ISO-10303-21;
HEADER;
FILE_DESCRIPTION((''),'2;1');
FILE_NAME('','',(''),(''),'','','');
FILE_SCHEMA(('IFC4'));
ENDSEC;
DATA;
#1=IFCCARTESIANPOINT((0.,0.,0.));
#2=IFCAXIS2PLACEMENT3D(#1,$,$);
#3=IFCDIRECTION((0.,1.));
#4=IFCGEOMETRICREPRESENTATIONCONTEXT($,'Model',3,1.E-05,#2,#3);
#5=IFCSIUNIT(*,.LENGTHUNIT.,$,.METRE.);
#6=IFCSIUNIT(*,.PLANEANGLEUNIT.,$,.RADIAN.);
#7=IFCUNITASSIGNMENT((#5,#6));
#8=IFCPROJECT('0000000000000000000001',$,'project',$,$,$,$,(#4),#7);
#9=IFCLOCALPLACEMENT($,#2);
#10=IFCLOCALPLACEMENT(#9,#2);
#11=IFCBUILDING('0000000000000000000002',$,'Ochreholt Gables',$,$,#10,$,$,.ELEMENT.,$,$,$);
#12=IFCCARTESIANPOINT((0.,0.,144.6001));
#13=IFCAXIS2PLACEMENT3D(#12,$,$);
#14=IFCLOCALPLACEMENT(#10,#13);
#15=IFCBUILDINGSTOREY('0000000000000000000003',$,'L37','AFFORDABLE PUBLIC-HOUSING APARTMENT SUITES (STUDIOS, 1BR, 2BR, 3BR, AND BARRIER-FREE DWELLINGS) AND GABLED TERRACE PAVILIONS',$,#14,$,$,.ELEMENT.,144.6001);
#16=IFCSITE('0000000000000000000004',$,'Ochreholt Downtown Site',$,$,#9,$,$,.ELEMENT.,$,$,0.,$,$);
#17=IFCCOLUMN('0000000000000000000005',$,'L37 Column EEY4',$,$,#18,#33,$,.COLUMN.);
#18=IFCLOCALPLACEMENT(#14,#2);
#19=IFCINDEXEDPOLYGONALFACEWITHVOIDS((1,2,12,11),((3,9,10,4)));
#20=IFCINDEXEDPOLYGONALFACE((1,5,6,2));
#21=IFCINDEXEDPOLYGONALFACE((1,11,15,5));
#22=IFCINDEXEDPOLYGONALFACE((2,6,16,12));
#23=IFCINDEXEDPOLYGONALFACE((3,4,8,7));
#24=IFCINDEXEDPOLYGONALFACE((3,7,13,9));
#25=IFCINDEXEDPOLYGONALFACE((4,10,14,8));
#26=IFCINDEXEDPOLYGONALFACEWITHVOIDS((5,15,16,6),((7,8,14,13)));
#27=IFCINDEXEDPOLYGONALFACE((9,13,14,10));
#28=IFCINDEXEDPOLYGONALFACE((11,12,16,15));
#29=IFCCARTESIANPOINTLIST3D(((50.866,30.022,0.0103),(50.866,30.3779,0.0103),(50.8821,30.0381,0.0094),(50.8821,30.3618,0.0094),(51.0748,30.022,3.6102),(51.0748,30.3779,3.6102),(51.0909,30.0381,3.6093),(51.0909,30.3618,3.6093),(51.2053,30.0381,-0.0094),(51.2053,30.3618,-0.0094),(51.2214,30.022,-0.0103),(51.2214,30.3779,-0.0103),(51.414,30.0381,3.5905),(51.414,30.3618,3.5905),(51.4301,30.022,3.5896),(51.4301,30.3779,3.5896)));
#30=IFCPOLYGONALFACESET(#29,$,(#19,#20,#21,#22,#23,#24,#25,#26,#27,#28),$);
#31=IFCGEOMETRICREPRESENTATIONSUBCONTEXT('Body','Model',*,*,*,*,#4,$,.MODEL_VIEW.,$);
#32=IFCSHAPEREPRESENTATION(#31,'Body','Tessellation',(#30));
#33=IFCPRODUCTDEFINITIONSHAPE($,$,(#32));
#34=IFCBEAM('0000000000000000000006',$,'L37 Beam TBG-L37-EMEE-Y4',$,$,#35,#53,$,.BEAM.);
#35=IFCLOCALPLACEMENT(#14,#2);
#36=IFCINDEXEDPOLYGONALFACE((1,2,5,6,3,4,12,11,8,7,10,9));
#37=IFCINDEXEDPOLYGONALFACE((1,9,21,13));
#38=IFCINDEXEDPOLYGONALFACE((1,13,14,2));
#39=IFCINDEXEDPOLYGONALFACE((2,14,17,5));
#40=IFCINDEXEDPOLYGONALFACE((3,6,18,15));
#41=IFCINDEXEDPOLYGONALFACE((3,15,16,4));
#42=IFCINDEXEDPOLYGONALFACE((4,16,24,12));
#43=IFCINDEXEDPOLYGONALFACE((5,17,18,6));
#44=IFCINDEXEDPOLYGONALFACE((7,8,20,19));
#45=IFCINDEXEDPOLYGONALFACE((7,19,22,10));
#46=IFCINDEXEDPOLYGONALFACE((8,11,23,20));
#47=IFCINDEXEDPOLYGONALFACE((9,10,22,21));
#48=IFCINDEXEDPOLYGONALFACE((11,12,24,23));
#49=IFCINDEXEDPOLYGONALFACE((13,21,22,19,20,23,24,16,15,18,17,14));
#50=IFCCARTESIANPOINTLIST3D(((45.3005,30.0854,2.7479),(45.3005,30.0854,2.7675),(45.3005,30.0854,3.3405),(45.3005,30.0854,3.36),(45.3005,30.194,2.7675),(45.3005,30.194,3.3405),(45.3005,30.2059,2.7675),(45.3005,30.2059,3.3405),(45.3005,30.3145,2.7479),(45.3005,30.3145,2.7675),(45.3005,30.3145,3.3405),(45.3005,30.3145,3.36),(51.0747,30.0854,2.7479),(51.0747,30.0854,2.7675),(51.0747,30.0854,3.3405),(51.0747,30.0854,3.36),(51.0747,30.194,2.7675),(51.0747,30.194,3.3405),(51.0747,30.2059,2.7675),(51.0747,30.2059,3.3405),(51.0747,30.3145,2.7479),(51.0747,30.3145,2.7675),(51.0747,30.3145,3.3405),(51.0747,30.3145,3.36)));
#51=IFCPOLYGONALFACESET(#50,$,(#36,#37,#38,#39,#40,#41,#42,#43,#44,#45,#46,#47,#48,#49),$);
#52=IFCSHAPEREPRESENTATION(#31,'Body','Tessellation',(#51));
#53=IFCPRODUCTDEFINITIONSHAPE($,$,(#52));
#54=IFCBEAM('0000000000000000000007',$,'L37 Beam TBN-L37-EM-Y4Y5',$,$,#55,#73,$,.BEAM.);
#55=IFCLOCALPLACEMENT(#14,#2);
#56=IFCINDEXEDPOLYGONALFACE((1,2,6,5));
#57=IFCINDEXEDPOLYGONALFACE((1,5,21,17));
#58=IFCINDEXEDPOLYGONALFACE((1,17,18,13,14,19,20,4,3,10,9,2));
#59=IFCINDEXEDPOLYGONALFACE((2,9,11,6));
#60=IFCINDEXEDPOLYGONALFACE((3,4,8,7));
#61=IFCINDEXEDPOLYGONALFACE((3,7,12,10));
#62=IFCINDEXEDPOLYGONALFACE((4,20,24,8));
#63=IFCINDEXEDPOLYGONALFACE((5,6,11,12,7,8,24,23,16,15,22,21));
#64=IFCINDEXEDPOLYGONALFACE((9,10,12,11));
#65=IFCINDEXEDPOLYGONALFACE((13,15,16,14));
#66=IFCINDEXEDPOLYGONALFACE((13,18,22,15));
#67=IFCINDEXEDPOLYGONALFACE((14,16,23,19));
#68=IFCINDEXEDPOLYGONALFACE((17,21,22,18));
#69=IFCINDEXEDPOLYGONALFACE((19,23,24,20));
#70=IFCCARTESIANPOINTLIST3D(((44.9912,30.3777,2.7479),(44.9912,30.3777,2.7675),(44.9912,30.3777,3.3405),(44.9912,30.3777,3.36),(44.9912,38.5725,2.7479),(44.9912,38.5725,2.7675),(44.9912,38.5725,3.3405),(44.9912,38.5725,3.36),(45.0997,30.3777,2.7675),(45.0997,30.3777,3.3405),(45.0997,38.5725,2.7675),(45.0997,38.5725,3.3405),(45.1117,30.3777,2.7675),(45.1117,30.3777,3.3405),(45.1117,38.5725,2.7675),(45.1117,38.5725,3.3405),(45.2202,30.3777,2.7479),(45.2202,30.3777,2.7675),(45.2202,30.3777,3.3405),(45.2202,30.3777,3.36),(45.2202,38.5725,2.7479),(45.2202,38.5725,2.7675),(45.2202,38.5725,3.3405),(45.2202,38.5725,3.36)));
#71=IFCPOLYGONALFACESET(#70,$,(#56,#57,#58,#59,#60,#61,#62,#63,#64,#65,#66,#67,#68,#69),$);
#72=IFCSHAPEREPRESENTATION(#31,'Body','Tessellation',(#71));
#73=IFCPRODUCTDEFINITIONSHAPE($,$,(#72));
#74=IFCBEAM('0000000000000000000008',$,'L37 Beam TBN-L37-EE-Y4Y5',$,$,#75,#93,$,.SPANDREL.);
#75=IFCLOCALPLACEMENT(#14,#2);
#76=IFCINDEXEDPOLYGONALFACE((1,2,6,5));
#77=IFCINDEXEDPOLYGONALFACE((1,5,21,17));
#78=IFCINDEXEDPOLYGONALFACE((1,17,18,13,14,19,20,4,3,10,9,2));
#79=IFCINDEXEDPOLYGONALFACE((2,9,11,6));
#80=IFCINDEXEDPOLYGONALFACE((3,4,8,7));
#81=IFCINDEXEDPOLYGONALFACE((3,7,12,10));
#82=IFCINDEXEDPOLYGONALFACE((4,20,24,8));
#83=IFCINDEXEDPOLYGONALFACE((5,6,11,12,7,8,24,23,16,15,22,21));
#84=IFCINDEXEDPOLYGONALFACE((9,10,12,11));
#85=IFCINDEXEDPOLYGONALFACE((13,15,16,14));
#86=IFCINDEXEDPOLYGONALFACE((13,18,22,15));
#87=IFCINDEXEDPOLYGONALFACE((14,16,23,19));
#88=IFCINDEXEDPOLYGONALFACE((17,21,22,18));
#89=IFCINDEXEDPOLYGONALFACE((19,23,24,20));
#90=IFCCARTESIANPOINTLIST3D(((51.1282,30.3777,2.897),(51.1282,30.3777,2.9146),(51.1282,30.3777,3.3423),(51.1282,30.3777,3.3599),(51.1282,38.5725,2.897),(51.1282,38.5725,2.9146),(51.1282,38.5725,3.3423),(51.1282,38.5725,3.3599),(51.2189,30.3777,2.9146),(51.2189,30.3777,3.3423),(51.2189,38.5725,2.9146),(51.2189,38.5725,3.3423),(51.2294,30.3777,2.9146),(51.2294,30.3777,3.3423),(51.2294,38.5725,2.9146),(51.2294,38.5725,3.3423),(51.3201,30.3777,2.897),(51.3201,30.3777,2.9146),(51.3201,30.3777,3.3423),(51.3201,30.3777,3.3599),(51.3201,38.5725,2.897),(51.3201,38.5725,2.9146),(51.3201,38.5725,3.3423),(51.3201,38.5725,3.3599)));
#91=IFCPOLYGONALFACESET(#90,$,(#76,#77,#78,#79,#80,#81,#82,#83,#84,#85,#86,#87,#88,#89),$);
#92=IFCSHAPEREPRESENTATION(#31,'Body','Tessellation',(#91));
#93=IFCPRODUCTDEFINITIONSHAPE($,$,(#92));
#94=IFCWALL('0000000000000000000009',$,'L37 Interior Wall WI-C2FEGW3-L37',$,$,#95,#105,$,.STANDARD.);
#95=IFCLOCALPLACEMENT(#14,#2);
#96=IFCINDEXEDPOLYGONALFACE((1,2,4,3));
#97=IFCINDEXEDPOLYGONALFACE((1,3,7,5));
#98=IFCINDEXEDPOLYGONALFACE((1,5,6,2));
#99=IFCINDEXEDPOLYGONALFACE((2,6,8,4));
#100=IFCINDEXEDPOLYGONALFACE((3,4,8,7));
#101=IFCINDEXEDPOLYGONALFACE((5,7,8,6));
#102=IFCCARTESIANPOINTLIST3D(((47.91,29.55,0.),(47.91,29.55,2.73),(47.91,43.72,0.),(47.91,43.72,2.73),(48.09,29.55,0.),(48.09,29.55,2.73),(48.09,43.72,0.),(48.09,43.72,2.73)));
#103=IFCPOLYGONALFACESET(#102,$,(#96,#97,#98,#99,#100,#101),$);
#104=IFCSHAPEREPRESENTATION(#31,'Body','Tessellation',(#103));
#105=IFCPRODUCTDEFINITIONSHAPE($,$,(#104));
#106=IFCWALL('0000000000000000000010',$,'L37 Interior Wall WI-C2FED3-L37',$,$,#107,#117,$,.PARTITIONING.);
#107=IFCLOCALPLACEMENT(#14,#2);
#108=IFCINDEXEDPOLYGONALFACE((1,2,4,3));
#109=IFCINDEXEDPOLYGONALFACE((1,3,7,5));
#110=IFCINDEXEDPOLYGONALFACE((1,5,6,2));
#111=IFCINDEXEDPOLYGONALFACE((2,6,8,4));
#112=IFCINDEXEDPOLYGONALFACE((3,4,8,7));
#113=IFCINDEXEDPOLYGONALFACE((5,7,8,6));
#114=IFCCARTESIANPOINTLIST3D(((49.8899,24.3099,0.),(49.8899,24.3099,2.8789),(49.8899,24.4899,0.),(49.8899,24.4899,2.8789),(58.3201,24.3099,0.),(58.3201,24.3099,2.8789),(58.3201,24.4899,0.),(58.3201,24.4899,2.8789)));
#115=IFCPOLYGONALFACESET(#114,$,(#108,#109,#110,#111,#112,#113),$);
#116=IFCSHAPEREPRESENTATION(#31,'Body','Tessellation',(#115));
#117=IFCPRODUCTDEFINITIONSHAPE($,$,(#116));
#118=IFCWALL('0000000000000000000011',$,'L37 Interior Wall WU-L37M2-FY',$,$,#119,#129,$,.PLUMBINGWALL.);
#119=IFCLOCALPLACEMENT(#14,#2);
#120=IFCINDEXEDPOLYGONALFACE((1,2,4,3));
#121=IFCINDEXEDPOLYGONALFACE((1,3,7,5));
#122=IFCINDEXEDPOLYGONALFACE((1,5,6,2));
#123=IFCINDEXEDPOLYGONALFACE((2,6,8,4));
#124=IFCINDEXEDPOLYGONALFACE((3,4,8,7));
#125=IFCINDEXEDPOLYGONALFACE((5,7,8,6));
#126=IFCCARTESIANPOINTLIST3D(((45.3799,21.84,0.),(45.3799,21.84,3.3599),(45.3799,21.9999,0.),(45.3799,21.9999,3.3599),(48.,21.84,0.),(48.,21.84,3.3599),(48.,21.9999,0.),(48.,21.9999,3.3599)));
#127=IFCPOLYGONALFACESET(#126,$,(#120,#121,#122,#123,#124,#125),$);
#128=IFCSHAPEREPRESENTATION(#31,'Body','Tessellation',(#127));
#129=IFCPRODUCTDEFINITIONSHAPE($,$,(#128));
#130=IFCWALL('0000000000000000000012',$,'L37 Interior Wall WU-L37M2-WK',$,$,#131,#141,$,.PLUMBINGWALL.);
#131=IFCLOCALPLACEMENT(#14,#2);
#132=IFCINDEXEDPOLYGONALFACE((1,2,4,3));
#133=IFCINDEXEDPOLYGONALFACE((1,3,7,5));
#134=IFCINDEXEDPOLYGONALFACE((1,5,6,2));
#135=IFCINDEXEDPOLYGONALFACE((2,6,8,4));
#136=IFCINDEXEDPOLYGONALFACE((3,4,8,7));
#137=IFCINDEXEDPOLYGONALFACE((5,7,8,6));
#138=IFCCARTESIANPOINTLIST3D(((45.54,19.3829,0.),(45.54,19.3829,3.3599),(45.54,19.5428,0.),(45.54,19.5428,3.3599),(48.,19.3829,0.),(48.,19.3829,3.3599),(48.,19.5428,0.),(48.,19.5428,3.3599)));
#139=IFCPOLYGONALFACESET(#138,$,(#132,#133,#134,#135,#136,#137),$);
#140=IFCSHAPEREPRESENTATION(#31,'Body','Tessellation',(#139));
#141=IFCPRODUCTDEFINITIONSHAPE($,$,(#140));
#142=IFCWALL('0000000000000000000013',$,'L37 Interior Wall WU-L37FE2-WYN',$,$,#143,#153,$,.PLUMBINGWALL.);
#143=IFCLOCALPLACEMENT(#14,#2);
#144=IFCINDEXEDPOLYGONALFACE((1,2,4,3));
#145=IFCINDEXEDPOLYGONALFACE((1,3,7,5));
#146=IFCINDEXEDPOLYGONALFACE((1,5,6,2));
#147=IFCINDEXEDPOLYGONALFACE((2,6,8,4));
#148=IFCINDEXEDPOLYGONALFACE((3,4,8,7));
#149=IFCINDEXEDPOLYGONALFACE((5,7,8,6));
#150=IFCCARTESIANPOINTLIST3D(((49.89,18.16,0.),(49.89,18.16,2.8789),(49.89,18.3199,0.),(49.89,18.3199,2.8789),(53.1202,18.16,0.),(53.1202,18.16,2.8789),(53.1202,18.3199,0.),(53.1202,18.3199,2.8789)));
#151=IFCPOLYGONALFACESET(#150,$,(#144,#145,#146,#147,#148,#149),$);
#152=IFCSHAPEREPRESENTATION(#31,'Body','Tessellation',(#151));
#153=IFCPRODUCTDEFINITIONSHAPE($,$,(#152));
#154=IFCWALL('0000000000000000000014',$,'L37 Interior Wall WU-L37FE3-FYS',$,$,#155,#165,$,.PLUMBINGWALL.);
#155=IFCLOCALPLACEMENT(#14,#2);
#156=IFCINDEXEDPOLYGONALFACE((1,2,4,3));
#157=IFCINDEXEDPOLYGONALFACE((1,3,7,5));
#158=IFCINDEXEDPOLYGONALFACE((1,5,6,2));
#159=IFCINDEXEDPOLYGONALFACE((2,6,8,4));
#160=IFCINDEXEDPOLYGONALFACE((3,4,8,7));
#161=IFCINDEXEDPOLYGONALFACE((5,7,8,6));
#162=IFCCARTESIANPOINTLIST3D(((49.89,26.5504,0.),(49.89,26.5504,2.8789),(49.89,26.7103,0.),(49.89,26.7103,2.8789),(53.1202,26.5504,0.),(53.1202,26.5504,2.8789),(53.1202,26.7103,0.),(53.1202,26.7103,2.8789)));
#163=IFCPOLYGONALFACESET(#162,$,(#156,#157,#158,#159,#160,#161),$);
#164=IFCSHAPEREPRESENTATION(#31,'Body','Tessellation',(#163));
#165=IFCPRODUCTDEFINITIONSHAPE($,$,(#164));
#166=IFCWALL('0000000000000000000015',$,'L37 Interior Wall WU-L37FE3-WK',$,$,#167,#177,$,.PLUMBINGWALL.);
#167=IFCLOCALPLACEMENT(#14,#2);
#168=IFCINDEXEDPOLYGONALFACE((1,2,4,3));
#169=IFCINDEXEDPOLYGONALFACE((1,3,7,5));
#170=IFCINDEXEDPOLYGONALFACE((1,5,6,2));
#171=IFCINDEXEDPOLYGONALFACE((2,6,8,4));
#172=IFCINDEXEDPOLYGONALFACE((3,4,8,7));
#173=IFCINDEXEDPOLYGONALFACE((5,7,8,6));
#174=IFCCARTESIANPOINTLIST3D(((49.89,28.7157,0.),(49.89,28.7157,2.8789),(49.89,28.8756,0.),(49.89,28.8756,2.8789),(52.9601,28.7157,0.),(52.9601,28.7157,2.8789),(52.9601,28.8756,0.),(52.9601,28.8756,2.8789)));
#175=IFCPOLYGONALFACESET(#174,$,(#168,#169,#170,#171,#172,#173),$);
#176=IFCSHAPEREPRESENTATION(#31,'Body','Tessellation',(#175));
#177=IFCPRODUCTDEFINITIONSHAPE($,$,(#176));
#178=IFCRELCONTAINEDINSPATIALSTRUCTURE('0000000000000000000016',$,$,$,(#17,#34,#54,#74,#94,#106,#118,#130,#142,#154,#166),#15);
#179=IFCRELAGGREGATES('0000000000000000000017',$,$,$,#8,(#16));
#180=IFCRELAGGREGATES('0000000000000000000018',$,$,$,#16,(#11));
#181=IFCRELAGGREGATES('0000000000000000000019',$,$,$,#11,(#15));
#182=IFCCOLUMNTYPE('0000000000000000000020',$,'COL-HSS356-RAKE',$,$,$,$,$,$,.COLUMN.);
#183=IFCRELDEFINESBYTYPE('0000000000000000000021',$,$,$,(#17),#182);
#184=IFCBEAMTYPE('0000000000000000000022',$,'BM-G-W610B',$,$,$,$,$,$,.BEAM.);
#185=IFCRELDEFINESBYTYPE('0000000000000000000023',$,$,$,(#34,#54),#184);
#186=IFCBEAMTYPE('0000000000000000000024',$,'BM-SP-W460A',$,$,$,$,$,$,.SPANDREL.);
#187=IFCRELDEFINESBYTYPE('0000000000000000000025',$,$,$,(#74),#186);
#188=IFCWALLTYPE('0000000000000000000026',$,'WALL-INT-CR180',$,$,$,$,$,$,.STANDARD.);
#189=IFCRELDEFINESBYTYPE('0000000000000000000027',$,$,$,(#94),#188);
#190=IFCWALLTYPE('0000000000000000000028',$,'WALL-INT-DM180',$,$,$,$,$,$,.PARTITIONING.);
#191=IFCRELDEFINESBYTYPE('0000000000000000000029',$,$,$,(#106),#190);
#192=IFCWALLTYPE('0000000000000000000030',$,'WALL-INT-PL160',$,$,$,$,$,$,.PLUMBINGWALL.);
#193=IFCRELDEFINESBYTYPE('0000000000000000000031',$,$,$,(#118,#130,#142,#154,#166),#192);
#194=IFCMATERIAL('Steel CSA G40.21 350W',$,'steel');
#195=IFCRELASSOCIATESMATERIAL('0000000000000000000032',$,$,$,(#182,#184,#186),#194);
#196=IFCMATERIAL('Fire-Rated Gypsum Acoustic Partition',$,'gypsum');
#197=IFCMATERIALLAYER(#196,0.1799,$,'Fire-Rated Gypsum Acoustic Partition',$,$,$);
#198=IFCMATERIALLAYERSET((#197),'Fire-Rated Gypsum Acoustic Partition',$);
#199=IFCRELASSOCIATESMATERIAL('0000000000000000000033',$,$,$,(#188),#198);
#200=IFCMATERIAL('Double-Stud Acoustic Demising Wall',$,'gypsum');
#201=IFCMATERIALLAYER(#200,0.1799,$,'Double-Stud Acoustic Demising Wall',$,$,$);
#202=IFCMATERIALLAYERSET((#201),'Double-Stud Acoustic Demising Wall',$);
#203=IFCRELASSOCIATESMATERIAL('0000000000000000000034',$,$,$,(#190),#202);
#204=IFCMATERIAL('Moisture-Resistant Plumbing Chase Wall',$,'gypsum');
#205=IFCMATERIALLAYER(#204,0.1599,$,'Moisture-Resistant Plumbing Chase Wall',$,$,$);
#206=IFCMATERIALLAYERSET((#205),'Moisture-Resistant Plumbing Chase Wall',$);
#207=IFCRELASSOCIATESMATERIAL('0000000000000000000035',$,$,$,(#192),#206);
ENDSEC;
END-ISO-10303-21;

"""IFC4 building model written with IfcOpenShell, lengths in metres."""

from ifc_helpers import new_model, si_unit, direction, frame, frame_2d, origin, origin_2d, place, context, subcontext, project, spatial, rectangle, hollow_rectangle, i_section, extrude, material, layer, layer_set, material_profile, profile_set, type_object, element, save


model = new_model("IFC4")

# Units and contexts
model_context = context("Model", 3, precision=1e-05, world=origin(), true_north=direction((0.0, 1.0)))
body_context = subcontext(model_context, "Body", "Model", "MODEL_VIEW")
ifc_project = project(units=[si_unit("LENGTHUNIT", "METRE"), si_unit("PLANEANGLEUNIT", "RADIAN")], contexts=[model_context])

# Site, building, storey
site_placement = place(None, origin())
site = spatial("IfcSite", under=ifc_project, at=site_placement, Name="Ochreholt Downtown Site", CompositionType="ELEMENT", RefElevation=0.0)
building_placement = place(site_placement, origin())
building = spatial("IfcBuilding", under=site, at=building_placement, Name="Ochreholt Gables", CompositionType="ELEMENT")
storey_placement = place(building_placement, frame((0.0, 0.0, 144.6001)))
storey = spatial("IfcBuildingStorey", under=building, at=storey_placement, Name="L37", Description="AFFORDABLE PUBLIC-HOUSING APARTMENT SUITES (STUDIOS, 1BR, 2BR, 3BR, AND BARRIER-FREE DWELLINGS) AND GABLED TERRACE PAVILIONS", CompositionType="ELEMENT", Elevation=144.6001)

# Column
ifc_material_1 = material(Name="Steel CSA G40.21 350W", Category="steel")
ifc_material_profile_1 = material_profile(ifc_material_1, hollow_rectangle(XDim=0.356, YDim=0.356, WallThickness=0.0161, at=origin_2d()), Name="HSS356X356X16")
ifc_profile_set_1 = profile_set([ifc_material_profile_1], Name="Steel CSA G40.21 350W")
column_type = type_object("IfcColumnType", Name="COL-HSS356-RAKE", PredefinedType="COLUMN", material=ifc_profile_set_1)
column_placement = place(storey_placement, frame((51.0437, 30.2, 0.0), z_axis=(0.057889, 0.0, 0.998323), x_axis=(0.0, 1.0, 0.0)))
element("IfcColumn", 1, at=column_placement, inside=storey, type_object=column_type, Name="L37 Column EEY4", PredefinedType="COLUMN", context=body_context, shape_type="SweptSolid", body=[
    extrude(hollow_rectangle(XDim=0.356, YDim=0.356, WallThickness=0.0161, at=origin_2d()), origin(), (0.0, 0.0, 1.0), 3.606),
])

# Beams
ifc_material_profile_2 = material_profile(ifc_material_1, i_section(OverallWidth=0.229, OverallDepth=0.6121, WebThickness=0.012, FlangeThickness=0.0195, at=origin_2d()), Name="W610X125")
ifc_profile_set_2 = profile_set([ifc_material_profile_2], Name="Steel CSA G40.21 350W")
beam_type_1 = type_object("IfcBeamType", Name="BM-G-W610B", PredefinedType="BEAM", material=ifc_profile_set_2)
beam_1_placement = place(storey_placement, frame((45.3005, 30.2, 3.054), z_axis=(1.0, 0.0, 0.0), x_axis=(0.0, 1.0, 0.0)))
element("IfcBeam", 2, at=beam_1_placement, inside=storey, type_object=beam_type_1, Name="L37 Beam TBG-L37-EMEE-Y4", PredefinedType="BEAM", context=body_context, shape_type="SweptSolid", body=[
    extrude(i_section(OverallWidth=0.229, OverallDepth=0.6121, WebThickness=0.012, FlangeThickness=0.0195, at=origin_2d()), origin(), (0.0, 0.0, 1.0), 5.7742),
])
beam_2_placement = place(storey_placement, frame((45.1057, 30.3777, 3.054), z_axis=(0.0, 1.0, 0.0), x_axis=(-1.0, 0.0, 0.0)))
element("IfcBeam", 3, at=beam_2_placement, inside=storey, type_object=beam_type_1, Name="L37 Beam TBN-L37-EM-Y4Y5", PredefinedType="BEAM", context=body_context, shape_type="SweptSolid", body=[
    extrude(i_section(OverallWidth=0.229, OverallDepth=0.6121, WebThickness=0.012, FlangeThickness=0.0195, at=origin_2d()), origin(), (0.0, 0.0, 1.0), 8.1948),
])
ifc_material_profile_3 = material_profile(ifc_material_1, i_section(OverallWidth=0.1919, OverallDepth=0.4629, WebThickness=0.0105, FlangeThickness=0.0176, at=origin_2d()), Name="W460X89")
ifc_profile_set_3 = profile_set([ifc_material_profile_3], Name="Steel CSA G40.21 350W")
beam_type_2 = type_object("IfcBeamType", Name="BM-SP-W460A", PredefinedType="SPANDREL", material=ifc_profile_set_3)
beam_3_placement = place(storey_placement, frame((51.2241, 30.3777, 3.1284), z_axis=(0.0, 1.0, 0.0), x_axis=(-1.0, 0.0, 0.0)))
element("IfcBeam", 4, at=beam_3_placement, inside=storey, type_object=beam_type_2, Name="L37 Beam TBN-L37-EE-Y4Y5", PredefinedType="SPANDREL", context=body_context, shape_type="SweptSolid", body=[
    extrude(i_section(OverallWidth=0.1919, OverallDepth=0.4629, WebThickness=0.0105, FlangeThickness=0.0176, at=origin_2d()), origin(), (0.0, 0.0, 1.0), 8.1948),
])

# Walls
ifc_material_2 = material(Name="Fire-Rated Gypsum Acoustic Partition", Category="gypsum")
ifc_layer_1 = layer(ifc_material_2, 0.1799, Name="Fire-Rated Gypsum Acoustic Partition")
ifc_layer_set_1 = layer_set([ifc_layer_1], Name="Fire-Rated Gypsum Acoustic Partition")
wall_type_1 = type_object("IfcWallType", Name="WALL-INT-CR180", PredefinedType="STANDARD", material=ifc_layer_set_1)
wall_1_placement = place(storey_placement, frame((48.0, 29.55, 0.0), z_axis=(0.0, 0.0, 1.0), x_axis=(0.0, 1.0, 0.0)))
element("IfcWall", 5, at=wall_1_placement, inside=storey, type_object=wall_type_1, Name="L37 Interior Wall WI-C2FEGW3-L37", PredefinedType="STANDARD", context=body_context, shape_type="SweptSolid", body=[
    extrude(rectangle(XDim=14.1699, YDim=0.1799, at=frame_2d((7.085, 0.0))), origin(), (0.0, 0.0, 1.0), 2.73),
])
ifc_material_3 = material(Name="Double-Stud Acoustic Demising Wall", Category="gypsum")
ifc_layer_2 = layer(ifc_material_3, 0.1799, Name="Double-Stud Acoustic Demising Wall")
ifc_layer_set_2 = layer_set([ifc_layer_2], Name="Double-Stud Acoustic Demising Wall")
wall_type_2 = type_object("IfcWallType", Name="WALL-INT-DM180", PredefinedType="PARTITIONING", material=ifc_layer_set_2)
wall_2_placement = place(storey_placement, frame((49.8899, 24.3999, 0.0), z_axis=(0.0, 0.0, 1.0), x_axis=(1.0, 0.0, 0.0)))
element("IfcWall", 6, at=wall_2_placement, inside=storey, type_object=wall_type_2, Name="L37 Interior Wall WI-C2FED3-L37", PredefinedType="PARTITIONING", context=body_context, shape_type="SweptSolid", body=[
    extrude(rectangle(XDim=8.4302, YDim=0.1799, at=frame_2d((4.2151, 0.0))), origin(), (0.0, 0.0, 1.0), 2.8789),
])
ifc_material_4 = material(Name="Moisture-Resistant Plumbing Chase Wall", Category="gypsum")
ifc_layer_3 = layer(ifc_material_4, 0.1599, Name="Moisture-Resistant Plumbing Chase Wall")
ifc_layer_set_3 = layer_set([ifc_layer_3], Name="Moisture-Resistant Plumbing Chase Wall")
wall_type_3 = type_object("IfcWallType", Name="WALL-INT-PL160", PredefinedType="PLUMBINGWALL", material=ifc_layer_set_3)
wall_3_placement = place(storey_placement, frame((45.3799, 21.9199, 0.0), z_axis=(0.0, 0.0, 1.0), x_axis=(1.0, 0.0, 0.0)))
element("IfcWall", 7, at=wall_3_placement, inside=storey, type_object=wall_type_3, Name="L37 Interior Wall WU-L37M2-FY", PredefinedType="PLUMBINGWALL", context=body_context, shape_type="SweptSolid", body=[
    extrude(rectangle(XDim=2.6201, YDim=0.1599, at=frame_2d((1.3101, 0.0))), origin(), (0.0, 0.0, 1.0), 3.3599),
])
wall_4_placement = place(storey_placement, frame((45.54, 19.4629, 0.0), z_axis=(0.0, 0.0, 1.0), x_axis=(1.0, 0.0, 0.0)))
element("IfcWall", 8, at=wall_4_placement, inside=storey, type_object=wall_type_3, Name="L37 Interior Wall WU-L37M2-WK", PredefinedType="PLUMBINGWALL", context=body_context, shape_type="SweptSolid", body=[
    extrude(rectangle(XDim=2.46, YDim=0.1599, at=frame_2d((1.23, 0.0))), origin(), (0.0, 0.0, 1.0), 3.3599),
])
for number, where, z_axis, x_axis, name in (
    (9, (49.8899, 18.24, 0.0), (0.0, 0.0, 1.0), (1.0, 0.0, 0.0), "L37 Interior Wall WU-L37FE2-WYN"),
    (10, (49.8899, 26.6304, 0.0), (0.0, 0.0, 1.0), (1.0, 0.0, 0.0), "L37 Interior Wall WU-L37FE3-FYS"),
):
    element("IfcWall", number, at=place(storey_placement, frame(where, z_axis=z_axis, x_axis=x_axis)), inside=storey, type_object=wall_type_3, Name=name, PredefinedType="PLUMBINGWALL", context=body_context, shape_type="SweptSolid", body=[
        extrude(rectangle(XDim=3.2302, YDim=0.1599, at=frame_2d((1.6152, 0.0))), origin(), (0.0, 0.0, 1.0), 2.8789),
    ])

# Wall
wall_5_placement = place(storey_placement, frame((49.8899, 28.7957, 0.0), z_axis=(0.0, 0.0, 1.0), x_axis=(1.0, 0.0, 0.0)))
element("IfcWall", 11, at=wall_5_placement, inside=storey, type_object=wall_type_3, Name="L37 Interior Wall WU-L37FE3-WK", PredefinedType="PLUMBINGWALL", context=body_context, shape_type="SweptSolid", body=[
    extrude(rectangle(XDim=3.0701, YDim=0.1599, at=frame_2d((1.5352, 0.0))), origin(), (0.0, 0.0, 1.0), 2.8789),
])

save(model, "model.ifc")
